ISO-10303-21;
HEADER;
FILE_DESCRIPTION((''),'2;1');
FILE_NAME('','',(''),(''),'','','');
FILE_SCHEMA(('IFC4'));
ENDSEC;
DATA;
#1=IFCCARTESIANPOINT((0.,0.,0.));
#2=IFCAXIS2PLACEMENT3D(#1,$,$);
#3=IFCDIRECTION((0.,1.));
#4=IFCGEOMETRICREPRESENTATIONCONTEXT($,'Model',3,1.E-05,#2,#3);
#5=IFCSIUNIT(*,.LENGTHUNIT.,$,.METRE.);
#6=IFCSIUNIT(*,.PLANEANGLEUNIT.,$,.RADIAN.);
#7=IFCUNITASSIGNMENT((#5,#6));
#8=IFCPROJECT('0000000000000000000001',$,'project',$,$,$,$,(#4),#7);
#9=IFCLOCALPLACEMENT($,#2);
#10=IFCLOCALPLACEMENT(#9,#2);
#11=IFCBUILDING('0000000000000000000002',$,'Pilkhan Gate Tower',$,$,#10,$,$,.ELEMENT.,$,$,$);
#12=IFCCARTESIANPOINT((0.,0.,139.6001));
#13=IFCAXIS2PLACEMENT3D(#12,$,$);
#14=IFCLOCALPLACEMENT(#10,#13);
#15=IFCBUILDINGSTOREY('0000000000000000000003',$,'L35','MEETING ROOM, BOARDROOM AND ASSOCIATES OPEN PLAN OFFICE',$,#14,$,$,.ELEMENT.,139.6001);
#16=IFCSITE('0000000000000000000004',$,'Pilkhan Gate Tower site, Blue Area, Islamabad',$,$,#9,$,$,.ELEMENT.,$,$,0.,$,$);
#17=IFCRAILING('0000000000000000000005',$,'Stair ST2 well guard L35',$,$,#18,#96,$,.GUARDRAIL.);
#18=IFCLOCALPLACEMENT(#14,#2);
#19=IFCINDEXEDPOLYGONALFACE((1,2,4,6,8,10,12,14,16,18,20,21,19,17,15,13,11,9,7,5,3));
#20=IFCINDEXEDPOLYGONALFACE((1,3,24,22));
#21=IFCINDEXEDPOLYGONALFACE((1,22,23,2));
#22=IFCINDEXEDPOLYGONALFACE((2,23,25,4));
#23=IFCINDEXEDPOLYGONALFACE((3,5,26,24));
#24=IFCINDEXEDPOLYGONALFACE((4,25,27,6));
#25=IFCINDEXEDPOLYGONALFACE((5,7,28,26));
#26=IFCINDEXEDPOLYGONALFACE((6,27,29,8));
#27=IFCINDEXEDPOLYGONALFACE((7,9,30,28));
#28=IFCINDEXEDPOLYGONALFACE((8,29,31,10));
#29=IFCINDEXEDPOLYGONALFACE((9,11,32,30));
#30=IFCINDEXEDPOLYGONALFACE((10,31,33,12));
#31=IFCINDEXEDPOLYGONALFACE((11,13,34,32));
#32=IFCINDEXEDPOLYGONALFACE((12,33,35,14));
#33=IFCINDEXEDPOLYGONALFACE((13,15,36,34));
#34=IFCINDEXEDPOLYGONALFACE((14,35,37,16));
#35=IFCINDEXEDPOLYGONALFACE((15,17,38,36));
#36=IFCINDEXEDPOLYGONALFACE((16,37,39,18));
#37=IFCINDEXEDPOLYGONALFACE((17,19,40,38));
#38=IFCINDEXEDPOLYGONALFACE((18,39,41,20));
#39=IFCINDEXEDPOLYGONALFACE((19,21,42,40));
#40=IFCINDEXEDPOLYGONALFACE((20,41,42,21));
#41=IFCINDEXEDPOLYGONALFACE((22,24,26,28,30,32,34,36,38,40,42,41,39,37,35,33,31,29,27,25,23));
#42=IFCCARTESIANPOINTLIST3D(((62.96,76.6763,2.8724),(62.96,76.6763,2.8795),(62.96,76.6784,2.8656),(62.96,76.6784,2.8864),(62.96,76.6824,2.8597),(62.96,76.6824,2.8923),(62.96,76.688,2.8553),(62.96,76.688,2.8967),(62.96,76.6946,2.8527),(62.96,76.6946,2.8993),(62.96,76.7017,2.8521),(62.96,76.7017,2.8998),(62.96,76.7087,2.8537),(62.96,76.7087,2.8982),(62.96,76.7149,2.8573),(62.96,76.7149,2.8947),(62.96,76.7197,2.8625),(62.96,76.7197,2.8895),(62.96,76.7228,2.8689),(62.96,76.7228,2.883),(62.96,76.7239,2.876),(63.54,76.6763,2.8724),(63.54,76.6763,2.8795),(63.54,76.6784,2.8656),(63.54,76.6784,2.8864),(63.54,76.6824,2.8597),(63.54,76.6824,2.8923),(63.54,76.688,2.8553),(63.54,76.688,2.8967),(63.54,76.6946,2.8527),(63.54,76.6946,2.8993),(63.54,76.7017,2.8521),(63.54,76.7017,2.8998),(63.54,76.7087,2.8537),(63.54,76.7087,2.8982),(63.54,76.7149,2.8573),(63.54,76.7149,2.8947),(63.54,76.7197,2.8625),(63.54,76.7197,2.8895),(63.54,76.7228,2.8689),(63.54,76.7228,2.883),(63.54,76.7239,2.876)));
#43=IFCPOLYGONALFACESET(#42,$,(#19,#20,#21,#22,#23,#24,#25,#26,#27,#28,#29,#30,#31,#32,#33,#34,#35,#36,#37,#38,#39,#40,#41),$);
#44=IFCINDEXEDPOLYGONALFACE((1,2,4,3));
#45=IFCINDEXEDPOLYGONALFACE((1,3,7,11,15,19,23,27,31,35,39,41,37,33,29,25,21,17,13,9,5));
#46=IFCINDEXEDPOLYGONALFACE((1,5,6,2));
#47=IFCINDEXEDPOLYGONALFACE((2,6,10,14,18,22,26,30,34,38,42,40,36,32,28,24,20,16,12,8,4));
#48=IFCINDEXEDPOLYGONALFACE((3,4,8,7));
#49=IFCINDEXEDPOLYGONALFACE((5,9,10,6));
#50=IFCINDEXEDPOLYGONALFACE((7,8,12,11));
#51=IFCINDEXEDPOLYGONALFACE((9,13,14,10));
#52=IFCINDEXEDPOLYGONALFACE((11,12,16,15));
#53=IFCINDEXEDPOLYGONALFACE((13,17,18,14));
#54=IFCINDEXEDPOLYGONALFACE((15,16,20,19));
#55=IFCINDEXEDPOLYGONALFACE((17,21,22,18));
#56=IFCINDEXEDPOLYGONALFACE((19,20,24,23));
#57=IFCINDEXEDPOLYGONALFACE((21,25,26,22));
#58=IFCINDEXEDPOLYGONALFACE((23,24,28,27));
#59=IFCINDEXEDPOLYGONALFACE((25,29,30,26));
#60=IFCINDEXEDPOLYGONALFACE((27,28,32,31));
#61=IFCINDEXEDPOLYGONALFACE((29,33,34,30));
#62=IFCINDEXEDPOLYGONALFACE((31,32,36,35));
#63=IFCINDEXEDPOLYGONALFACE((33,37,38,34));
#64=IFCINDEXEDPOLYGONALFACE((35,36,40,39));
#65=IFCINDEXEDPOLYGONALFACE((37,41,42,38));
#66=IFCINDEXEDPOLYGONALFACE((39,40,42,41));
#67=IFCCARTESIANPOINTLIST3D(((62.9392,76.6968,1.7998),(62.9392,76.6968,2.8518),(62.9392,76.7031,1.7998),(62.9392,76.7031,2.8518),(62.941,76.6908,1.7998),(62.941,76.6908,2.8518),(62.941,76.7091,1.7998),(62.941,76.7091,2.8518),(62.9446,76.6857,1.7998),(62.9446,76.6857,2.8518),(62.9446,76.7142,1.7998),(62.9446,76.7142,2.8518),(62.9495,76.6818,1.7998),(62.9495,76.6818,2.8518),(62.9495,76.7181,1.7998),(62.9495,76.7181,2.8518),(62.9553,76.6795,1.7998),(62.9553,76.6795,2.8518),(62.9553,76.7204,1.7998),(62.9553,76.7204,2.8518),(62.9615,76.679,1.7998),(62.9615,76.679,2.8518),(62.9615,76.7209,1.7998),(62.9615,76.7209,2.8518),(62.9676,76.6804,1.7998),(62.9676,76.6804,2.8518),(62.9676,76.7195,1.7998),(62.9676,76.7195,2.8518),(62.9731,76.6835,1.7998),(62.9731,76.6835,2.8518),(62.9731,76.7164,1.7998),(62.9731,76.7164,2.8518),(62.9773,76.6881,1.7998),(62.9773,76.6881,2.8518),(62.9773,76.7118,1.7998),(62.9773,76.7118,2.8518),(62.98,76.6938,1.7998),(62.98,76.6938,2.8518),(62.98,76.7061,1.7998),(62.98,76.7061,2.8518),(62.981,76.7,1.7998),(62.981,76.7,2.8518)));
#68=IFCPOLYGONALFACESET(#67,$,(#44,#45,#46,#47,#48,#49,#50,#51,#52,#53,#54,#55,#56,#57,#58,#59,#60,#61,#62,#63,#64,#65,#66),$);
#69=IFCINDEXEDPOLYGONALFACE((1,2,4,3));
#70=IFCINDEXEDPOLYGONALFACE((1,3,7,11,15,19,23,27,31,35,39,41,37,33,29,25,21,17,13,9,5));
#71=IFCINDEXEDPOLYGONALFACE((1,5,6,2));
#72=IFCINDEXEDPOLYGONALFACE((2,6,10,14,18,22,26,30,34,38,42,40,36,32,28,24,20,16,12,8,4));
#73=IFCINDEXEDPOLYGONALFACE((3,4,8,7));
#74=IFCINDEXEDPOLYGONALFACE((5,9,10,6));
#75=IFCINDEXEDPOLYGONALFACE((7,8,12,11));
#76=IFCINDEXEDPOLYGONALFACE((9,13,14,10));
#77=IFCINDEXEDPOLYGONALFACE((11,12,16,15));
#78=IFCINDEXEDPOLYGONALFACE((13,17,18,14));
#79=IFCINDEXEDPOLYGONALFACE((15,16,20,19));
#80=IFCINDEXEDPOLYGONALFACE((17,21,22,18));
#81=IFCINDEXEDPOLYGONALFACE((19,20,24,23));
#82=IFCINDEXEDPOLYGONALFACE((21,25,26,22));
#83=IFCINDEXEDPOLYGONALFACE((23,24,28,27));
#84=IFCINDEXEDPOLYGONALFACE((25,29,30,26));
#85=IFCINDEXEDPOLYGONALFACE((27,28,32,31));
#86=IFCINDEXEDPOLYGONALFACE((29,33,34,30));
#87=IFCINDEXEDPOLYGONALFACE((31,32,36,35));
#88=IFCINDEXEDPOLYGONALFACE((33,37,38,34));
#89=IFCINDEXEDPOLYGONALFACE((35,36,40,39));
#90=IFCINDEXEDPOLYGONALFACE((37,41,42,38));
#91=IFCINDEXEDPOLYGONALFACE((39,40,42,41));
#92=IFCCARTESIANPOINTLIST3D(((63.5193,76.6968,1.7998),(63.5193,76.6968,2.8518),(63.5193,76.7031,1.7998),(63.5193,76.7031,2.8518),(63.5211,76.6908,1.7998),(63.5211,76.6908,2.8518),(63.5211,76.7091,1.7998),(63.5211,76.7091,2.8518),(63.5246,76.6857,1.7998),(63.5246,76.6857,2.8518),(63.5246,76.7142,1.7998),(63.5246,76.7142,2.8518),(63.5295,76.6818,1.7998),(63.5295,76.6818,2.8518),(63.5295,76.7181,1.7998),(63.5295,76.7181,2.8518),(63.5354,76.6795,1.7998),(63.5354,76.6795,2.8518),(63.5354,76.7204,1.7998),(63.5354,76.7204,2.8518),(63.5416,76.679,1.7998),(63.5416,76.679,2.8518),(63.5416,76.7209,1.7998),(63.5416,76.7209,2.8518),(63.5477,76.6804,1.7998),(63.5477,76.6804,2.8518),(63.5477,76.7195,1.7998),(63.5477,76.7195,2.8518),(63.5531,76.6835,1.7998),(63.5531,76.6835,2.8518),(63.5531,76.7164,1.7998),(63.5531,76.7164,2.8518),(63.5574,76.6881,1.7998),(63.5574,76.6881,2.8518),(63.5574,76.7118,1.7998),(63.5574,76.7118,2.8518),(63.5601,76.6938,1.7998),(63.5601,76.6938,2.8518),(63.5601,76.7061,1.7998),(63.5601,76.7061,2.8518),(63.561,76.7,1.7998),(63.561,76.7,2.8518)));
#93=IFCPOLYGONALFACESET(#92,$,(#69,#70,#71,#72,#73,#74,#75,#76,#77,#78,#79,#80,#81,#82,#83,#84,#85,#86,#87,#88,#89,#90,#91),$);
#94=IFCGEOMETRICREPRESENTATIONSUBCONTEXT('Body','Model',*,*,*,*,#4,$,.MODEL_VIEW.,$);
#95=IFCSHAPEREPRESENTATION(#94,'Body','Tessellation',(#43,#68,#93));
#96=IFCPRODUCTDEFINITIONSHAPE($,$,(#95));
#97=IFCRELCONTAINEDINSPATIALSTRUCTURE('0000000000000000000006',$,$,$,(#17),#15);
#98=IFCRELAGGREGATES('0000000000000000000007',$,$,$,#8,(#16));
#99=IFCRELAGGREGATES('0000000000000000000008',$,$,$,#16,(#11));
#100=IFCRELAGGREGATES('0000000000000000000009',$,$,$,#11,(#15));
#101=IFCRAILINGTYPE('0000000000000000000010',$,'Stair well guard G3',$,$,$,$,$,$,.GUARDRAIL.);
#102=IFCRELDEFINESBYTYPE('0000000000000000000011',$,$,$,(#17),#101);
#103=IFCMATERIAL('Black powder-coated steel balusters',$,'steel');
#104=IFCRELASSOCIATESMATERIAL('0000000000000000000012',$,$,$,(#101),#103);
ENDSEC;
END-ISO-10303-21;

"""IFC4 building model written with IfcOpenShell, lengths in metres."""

from ifc_helpers import new_model, si_unit, direction, frame, origin, origin_2d, place, context, subcontext, project, spatial, circle, extrude, material, type_object, element, save


model = new_model("IFC4")

# Units and contexts
model_context = context("Model", 3, precision=1e-05, world=origin(), true_north=direction((0.0, 1.0)))
body_context = subcontext(model_context, "Body", "Model", "MODEL_VIEW")
ifc_project = project(units=[si_unit("LENGTHUNIT", "METRE"), si_unit("PLANEANGLEUNIT", "RADIAN")], contexts=[model_context])

# Site, building, storey
site_placement = place(None, origin())
site = spatial("IfcSite", under=ifc_project, at=site_placement, Name="Pilkhan Gate Tower site, Blue Area, Islamabad", CompositionType="ELEMENT", RefElevation=0.0)
building_placement = place(site_placement, origin())
building = spatial("IfcBuilding", under=site, at=building_placement, Name="Pilkhan Gate Tower", CompositionType="ELEMENT")
storey_placement = place(building_placement, frame((0.0, 0.0, 139.6001)))
storey = spatial("IfcBuildingStorey", under=building, at=storey_placement, Name="L35", Description="MEETING ROOM, BOARDROOM AND ASSOCIATES OPEN PLAN OFFICE", CompositionType="ELEMENT", Elevation=139.6001)

# Railing
ifc_material_1 = material(Name="Black powder-coated steel balusters", Category="steel")
railing_type_1 = type_object("IfcRailingType", Name="Stair well guard G3", PredefinedType="GUARDRAIL", material=ifc_material_1)
for number, where, name in (
    (1, (62.96, 76.7, 1.7998), "Stair ST2 well guard L35"),
):
    element("IfcRailing", number, at=place(storey_placement, frame(where)), inside=storey, type_object=railing_type_1, Name=name, PredefinedType="GUARDRAIL", context=body_context, shape_type="SweptSolid", body=[
        extrude(circle(Radius=0.0239, at=origin_2d()), frame((0.0, 0.0, 1.0762), z_axis=(1.0, 0.0, 0.0), x_axis=(0.0, 1.0, 0.0)), (0.0, 0.0, 1.0), 0.5801),
        extrude(circle(Radius=0.021, at=origin_2d()), origin(), (0.0, 0.0, 1.0), 1.052),
        extrude(circle(Radius=0.021, at=origin_2d()), frame((0.5801, 0.0, 0.0)), (0.0, 0.0, 1.0), 1.052),
    ])

save(model, "model.ifc")
